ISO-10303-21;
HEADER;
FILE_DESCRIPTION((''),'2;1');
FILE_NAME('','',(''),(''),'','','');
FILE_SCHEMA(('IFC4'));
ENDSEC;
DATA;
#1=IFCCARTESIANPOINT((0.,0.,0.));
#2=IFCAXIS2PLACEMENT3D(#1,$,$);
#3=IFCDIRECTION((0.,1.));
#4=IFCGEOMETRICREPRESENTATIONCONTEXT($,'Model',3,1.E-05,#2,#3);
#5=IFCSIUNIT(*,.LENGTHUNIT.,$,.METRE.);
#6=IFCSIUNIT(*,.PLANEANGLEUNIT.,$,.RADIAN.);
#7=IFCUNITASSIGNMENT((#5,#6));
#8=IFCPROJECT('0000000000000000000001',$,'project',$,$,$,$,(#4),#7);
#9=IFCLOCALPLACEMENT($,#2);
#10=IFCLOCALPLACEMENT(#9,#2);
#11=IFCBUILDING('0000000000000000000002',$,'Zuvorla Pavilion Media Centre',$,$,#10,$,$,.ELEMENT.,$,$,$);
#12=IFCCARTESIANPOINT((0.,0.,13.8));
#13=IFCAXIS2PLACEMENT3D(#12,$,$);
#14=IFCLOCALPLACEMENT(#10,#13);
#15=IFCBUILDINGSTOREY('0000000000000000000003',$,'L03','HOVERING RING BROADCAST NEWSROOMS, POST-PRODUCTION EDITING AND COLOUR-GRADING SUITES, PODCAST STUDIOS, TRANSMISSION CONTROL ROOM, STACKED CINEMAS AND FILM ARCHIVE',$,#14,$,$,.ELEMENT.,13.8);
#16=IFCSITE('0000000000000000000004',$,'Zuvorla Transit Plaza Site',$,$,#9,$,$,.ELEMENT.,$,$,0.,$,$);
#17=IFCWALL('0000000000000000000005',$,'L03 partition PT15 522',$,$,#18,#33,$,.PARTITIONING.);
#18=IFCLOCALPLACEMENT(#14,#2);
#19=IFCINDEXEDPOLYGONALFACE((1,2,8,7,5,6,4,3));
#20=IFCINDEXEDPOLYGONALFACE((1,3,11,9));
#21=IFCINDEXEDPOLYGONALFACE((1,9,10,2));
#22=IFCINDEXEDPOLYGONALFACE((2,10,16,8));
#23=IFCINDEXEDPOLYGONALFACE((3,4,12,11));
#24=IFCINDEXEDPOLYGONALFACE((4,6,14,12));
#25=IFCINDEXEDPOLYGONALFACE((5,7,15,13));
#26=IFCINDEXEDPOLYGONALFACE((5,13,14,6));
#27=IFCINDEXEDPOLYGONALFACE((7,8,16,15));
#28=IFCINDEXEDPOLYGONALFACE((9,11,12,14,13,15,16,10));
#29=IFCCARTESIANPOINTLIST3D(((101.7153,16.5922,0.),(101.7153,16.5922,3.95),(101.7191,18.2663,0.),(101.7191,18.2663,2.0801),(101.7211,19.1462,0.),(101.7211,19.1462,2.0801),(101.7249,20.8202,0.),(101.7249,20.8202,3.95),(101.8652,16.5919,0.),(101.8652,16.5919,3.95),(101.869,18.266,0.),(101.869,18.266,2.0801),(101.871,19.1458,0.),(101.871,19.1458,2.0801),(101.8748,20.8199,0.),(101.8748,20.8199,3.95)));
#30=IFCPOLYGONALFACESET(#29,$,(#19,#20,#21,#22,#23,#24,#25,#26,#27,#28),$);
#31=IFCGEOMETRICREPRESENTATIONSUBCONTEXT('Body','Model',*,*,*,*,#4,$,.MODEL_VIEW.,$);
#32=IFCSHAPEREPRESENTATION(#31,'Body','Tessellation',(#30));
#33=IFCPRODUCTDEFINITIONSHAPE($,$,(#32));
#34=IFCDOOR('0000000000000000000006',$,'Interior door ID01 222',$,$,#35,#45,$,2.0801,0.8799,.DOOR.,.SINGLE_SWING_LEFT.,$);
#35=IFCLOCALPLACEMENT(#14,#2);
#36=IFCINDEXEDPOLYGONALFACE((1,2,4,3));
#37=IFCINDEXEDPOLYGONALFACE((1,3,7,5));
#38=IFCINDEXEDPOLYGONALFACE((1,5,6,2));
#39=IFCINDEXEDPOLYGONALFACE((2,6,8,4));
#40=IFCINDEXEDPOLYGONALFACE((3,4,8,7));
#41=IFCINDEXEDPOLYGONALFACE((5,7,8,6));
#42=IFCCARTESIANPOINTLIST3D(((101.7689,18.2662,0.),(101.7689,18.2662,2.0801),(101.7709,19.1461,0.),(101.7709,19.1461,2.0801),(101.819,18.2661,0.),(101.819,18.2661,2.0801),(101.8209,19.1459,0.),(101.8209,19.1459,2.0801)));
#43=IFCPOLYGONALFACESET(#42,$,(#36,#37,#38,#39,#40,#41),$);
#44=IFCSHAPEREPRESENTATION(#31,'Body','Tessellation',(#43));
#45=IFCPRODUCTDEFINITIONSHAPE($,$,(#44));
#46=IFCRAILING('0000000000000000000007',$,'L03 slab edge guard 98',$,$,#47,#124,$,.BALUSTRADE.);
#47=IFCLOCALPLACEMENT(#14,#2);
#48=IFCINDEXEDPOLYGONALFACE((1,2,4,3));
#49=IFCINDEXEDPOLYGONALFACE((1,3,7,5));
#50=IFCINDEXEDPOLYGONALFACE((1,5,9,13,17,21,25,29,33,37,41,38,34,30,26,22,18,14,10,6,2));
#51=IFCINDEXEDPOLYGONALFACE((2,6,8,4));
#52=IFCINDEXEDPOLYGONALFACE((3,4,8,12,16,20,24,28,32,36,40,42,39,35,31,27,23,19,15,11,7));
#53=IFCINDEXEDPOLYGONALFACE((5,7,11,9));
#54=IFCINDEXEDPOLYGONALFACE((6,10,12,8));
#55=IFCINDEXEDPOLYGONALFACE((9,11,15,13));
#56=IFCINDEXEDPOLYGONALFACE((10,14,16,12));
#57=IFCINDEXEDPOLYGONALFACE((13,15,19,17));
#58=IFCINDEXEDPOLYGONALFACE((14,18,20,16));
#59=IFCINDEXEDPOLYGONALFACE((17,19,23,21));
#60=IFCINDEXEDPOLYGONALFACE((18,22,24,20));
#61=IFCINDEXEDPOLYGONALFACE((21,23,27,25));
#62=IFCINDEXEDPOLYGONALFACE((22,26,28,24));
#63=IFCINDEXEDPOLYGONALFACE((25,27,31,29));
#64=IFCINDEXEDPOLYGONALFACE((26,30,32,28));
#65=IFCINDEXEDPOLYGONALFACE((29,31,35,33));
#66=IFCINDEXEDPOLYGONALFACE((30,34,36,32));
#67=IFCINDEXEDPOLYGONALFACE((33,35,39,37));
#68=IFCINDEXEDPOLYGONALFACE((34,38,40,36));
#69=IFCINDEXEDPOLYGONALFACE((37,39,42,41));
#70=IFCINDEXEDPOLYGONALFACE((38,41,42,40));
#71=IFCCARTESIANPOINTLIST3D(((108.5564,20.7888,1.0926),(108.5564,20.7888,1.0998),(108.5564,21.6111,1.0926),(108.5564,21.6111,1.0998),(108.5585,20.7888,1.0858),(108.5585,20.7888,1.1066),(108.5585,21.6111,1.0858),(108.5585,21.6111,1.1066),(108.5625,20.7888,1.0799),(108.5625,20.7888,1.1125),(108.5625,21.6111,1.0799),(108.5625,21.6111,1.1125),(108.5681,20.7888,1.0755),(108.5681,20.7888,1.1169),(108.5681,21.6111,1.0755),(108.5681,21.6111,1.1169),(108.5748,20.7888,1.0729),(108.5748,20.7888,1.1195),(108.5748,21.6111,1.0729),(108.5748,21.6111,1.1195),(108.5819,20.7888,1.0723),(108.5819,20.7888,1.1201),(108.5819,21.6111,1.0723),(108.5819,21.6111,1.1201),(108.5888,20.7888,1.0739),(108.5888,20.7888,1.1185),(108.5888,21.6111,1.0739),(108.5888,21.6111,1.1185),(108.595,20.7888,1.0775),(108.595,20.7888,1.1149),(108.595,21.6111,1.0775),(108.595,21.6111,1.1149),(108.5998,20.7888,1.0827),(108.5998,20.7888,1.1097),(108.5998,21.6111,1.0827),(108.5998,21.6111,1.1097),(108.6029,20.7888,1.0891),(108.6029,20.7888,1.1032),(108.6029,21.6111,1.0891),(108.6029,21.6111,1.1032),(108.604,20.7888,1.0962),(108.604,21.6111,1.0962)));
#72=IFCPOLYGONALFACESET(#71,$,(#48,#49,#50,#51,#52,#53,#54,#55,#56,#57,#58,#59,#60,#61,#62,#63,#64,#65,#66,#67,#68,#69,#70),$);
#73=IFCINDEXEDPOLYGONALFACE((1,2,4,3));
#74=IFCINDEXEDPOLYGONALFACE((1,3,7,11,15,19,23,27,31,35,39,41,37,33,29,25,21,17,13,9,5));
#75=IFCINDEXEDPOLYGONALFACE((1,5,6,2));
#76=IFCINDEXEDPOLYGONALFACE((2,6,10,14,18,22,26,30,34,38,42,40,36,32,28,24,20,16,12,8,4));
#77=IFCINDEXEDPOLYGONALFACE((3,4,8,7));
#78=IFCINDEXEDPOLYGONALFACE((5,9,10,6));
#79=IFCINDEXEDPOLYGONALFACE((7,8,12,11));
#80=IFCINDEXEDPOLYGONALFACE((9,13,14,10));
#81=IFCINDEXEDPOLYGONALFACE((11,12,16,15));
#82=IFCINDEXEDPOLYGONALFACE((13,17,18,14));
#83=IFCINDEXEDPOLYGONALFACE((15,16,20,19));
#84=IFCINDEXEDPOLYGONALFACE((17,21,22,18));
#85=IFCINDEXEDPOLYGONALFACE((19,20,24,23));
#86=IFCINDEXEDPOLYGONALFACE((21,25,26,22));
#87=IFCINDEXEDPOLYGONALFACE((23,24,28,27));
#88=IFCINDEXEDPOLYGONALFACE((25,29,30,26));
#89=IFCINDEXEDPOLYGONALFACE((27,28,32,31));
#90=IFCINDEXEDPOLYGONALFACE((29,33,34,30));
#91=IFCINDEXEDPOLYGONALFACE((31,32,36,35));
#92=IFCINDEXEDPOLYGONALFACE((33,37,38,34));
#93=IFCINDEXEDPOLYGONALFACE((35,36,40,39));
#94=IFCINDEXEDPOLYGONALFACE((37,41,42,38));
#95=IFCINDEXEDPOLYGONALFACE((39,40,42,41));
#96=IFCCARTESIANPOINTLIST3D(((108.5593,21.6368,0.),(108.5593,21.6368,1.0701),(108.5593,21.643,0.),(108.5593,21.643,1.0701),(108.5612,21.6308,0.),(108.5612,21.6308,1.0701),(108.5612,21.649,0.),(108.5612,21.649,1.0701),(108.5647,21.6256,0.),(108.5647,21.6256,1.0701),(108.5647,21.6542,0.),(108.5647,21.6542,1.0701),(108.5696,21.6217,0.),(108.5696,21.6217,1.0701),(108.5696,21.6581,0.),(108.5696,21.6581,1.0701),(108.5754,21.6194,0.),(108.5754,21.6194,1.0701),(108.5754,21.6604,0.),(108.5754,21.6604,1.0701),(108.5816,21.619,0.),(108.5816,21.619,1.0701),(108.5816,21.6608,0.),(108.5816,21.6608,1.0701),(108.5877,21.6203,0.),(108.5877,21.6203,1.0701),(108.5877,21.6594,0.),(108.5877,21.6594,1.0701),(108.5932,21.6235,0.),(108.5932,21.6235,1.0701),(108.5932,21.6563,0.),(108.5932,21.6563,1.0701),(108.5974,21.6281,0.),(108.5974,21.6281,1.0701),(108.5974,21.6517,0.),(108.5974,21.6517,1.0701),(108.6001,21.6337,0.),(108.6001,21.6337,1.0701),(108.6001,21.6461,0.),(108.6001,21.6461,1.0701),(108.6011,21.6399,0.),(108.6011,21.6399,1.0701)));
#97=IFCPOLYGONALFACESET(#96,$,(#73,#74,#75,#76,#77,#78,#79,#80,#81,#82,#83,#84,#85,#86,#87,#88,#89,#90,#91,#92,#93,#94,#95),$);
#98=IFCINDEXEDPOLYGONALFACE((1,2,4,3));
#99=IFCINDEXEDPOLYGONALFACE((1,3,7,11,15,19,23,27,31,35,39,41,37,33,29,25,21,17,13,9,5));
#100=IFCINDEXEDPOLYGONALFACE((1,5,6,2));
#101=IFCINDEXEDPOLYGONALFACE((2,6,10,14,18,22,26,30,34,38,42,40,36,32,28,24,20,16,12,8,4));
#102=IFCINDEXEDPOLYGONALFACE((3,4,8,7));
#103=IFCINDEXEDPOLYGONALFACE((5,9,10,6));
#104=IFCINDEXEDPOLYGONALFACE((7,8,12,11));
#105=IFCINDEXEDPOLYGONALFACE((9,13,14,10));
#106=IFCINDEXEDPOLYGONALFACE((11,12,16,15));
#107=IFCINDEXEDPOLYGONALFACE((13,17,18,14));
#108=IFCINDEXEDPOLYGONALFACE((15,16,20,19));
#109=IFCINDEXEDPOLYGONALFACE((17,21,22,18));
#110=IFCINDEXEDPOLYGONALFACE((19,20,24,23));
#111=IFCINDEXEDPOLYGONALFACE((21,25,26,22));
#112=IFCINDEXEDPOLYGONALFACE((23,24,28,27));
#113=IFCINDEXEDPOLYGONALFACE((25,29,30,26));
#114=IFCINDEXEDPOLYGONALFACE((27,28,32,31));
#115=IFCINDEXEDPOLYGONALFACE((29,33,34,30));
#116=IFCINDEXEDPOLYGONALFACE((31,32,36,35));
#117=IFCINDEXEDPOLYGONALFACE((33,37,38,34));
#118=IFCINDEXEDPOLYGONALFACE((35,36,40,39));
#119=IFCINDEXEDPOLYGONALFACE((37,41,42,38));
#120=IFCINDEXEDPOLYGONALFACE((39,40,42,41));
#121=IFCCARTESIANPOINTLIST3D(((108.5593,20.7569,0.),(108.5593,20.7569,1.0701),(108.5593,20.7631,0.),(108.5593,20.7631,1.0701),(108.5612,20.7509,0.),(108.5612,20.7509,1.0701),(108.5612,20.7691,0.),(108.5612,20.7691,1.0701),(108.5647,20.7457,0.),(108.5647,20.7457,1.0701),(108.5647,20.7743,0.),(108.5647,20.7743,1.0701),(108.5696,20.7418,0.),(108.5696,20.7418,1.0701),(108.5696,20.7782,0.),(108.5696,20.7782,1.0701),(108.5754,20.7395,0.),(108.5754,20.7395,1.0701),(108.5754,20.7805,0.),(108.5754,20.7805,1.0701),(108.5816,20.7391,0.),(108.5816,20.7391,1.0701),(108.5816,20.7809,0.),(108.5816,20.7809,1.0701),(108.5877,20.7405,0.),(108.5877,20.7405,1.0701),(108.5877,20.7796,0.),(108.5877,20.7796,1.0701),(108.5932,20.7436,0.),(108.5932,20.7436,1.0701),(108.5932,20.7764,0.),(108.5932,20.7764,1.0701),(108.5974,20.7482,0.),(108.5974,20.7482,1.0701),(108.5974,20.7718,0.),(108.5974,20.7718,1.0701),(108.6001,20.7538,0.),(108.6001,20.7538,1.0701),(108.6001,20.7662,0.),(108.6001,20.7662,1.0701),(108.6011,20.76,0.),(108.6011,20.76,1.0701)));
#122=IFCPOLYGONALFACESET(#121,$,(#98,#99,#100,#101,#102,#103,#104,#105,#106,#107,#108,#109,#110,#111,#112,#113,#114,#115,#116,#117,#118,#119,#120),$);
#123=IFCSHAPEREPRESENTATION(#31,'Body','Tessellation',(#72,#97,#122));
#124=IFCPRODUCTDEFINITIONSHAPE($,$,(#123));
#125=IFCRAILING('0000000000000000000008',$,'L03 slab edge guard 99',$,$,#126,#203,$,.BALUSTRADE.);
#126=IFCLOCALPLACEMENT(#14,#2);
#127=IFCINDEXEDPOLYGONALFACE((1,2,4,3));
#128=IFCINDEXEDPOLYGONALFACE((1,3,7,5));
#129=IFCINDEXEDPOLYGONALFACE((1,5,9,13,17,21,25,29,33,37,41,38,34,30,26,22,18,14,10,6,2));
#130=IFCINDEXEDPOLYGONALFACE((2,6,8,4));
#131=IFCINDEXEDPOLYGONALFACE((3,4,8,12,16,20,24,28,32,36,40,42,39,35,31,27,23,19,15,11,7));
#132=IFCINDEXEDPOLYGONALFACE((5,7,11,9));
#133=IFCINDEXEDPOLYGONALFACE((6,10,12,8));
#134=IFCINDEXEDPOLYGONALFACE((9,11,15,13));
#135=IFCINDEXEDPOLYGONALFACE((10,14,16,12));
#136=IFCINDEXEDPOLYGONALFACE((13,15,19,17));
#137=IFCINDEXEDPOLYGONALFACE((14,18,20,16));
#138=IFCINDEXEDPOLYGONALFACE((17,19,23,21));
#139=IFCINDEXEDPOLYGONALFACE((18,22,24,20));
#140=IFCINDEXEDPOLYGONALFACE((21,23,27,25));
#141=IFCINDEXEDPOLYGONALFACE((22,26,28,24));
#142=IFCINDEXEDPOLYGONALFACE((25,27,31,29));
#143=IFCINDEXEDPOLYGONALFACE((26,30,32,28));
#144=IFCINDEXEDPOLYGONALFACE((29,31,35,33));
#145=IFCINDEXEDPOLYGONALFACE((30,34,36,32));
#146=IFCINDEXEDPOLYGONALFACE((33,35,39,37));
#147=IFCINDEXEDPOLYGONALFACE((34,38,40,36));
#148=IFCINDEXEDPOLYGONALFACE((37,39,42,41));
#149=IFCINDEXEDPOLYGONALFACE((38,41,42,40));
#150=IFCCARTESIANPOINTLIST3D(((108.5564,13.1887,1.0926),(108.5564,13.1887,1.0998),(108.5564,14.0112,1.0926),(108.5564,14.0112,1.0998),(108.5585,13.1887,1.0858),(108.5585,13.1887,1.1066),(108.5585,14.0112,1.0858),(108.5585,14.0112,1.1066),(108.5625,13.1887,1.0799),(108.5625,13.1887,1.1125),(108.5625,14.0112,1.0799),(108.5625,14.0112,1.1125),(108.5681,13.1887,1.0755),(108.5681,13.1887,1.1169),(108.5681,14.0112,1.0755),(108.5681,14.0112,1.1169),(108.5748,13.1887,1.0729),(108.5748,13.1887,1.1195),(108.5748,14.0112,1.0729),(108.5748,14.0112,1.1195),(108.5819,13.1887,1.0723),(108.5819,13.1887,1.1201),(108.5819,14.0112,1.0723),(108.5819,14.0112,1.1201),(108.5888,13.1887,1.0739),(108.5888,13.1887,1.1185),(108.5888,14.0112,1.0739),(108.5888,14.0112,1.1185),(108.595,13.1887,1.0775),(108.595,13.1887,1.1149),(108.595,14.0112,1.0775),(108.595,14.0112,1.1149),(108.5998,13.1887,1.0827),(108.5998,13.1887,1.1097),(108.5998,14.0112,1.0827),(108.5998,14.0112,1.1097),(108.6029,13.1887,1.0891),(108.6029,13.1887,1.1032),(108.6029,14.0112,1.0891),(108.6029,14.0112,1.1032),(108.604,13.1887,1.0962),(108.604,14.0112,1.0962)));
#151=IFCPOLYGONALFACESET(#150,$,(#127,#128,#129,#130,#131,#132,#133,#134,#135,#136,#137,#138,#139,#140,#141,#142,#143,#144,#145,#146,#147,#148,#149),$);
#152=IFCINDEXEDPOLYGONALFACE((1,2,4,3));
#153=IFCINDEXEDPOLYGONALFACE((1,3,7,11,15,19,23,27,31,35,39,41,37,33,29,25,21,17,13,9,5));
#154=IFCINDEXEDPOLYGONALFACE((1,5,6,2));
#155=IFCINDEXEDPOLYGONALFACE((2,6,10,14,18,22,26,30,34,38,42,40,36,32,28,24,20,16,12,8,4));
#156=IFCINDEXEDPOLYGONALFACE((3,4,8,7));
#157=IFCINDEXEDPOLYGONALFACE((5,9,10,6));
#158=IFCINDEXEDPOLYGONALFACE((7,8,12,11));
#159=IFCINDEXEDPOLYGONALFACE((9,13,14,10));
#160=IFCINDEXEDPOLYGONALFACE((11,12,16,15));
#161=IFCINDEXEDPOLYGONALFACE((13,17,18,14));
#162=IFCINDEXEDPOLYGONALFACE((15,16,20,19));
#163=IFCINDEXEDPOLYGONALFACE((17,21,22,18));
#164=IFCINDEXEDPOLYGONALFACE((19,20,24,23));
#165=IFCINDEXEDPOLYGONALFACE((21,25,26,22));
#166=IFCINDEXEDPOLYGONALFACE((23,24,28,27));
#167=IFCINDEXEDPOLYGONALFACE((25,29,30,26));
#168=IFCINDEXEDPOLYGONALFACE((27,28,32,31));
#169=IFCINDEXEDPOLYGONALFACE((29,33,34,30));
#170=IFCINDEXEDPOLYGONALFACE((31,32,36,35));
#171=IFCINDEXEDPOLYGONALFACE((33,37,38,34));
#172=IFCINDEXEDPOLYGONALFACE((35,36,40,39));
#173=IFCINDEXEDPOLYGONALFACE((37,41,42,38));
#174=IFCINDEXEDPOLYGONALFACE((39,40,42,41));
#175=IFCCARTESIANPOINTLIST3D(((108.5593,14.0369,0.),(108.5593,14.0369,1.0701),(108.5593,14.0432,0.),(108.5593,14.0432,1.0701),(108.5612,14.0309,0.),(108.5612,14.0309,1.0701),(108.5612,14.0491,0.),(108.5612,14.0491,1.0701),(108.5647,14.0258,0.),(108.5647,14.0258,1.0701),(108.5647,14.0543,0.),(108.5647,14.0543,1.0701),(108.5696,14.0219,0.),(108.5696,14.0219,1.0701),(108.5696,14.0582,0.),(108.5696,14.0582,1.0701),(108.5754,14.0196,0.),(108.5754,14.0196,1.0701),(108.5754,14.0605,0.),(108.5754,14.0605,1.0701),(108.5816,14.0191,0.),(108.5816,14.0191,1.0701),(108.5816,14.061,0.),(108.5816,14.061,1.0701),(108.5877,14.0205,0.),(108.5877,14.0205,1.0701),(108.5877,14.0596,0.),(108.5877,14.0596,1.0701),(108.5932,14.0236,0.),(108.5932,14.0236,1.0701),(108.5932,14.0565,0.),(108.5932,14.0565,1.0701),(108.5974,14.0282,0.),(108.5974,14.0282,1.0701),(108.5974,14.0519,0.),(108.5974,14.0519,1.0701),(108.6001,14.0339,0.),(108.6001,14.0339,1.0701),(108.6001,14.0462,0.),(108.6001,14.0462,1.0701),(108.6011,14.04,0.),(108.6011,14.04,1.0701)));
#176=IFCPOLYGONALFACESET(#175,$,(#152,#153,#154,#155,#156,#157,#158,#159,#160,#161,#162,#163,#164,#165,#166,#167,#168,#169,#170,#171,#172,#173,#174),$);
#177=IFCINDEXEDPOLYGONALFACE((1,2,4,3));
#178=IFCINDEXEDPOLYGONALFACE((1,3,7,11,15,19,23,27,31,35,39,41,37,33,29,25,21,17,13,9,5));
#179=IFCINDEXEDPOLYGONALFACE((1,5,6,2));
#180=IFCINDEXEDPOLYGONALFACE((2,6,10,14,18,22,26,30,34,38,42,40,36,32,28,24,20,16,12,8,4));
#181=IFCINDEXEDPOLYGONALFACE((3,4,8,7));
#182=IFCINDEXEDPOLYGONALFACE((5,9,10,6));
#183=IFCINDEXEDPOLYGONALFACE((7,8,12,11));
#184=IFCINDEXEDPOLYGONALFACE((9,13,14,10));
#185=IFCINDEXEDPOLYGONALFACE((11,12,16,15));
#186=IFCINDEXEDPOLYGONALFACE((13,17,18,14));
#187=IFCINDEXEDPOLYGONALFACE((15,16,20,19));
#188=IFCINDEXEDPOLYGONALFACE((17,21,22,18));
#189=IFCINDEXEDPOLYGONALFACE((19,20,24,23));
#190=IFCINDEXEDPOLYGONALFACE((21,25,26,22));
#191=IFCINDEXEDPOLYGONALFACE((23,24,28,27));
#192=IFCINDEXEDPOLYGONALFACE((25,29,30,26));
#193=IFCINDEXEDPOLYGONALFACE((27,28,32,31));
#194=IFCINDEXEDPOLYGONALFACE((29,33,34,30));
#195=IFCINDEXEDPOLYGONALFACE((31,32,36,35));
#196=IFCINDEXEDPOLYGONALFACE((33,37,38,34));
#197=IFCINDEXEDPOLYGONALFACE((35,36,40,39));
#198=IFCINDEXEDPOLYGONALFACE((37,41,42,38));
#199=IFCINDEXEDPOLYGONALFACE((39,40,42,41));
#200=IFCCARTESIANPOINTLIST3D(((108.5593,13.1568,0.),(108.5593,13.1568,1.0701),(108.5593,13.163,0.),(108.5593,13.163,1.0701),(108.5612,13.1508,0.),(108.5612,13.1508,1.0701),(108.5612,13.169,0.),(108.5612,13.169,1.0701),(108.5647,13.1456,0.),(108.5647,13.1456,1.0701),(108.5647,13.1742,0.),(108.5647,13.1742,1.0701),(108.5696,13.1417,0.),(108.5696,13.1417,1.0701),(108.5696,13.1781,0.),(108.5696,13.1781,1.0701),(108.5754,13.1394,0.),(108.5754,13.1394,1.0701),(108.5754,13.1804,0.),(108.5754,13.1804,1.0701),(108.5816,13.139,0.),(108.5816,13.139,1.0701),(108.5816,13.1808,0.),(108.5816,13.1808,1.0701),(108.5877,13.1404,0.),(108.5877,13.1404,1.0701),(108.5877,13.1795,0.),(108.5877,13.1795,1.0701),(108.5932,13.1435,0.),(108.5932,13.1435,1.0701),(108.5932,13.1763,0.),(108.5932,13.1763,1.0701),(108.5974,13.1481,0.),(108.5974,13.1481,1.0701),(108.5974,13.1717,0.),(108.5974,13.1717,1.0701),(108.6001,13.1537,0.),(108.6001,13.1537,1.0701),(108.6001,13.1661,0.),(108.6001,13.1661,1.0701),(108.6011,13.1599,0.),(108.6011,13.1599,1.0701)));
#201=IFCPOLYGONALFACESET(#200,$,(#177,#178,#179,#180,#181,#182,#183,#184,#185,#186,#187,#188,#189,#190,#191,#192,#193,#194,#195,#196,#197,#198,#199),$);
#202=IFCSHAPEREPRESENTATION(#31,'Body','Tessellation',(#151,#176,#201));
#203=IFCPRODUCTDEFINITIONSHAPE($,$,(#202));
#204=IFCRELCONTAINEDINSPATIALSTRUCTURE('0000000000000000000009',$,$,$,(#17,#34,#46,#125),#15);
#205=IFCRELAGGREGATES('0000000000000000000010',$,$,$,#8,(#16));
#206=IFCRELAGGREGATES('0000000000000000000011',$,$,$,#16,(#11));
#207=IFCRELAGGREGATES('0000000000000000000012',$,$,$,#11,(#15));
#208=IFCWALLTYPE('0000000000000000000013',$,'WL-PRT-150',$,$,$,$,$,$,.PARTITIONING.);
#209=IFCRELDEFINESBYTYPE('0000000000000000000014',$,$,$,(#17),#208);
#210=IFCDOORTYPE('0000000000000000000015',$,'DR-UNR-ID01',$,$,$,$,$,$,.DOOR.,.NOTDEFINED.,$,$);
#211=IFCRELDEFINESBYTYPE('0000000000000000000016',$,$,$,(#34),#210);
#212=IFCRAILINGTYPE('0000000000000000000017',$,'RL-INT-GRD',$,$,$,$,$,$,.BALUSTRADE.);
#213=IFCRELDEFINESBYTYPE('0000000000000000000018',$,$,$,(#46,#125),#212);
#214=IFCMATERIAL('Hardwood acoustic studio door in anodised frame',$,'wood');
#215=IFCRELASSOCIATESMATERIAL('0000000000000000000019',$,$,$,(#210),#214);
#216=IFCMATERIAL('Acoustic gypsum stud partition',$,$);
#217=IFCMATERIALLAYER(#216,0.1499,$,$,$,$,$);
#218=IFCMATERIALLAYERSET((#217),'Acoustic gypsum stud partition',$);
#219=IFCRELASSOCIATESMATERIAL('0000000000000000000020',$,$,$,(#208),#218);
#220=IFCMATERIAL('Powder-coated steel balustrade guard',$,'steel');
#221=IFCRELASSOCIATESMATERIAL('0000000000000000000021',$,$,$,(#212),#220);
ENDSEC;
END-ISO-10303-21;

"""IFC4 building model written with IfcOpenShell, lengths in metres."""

from ifc_helpers import new_model, si_unit, direction, frame, frame_2d, origin, origin_2d, place, context, subcontext, project, spatial, rectangle, circle, extrude, material, layer, layer_set, type_object, element, fill, save


model = new_model("IFC4")

# Units and contexts
model_context = context("Model", 3, precision=1e-05, world=origin(), true_north=direction((0.0, 1.0)))
body_context = subcontext(model_context, "Body", "Model", "MODEL_VIEW")
ifc_project = project(units=[si_unit("LENGTHUNIT", "METRE"), si_unit("PLANEANGLEUNIT", "RADIAN")], contexts=[model_context])

# Site, building, storey
site_placement = place(None, origin())
site = spatial("IfcSite", under=ifc_project, at=site_placement, Name="Zuvorla Transit Plaza Site", CompositionType="ELEMENT", RefElevation=0.0)
building_placement = place(site_placement, origin())
building = spatial("IfcBuilding", under=site, at=building_placement, Name="Zuvorla Pavilion Media Centre", CompositionType="ELEMENT")
storey_placement = place(building_placement, frame((0.0, 0.0, 13.8)))
storey = spatial("IfcBuildingStorey", under=building, at=storey_placement, Name="L03", Description="HOVERING RING BROADCAST NEWSROOMS, POST-PRODUCTION EDITING AND COLOUR-GRADING SUITES, PODCAST STUDIOS, TRANSMISSION CONTROL ROOM, STACKED CINEMAS AND FILM ARCHIVE", CompositionType="ELEMENT", Elevation=13.8)

# Shared definitions
ifc_material_1 = material(Name="Hardwood acoustic studio door in anodised frame", Category="wood")
door_type_1 = type_object("IfcDoorType", Name="DR-UNR-ID01", OperationType="NOTDEFINED", PredefinedType="DOOR", material=ifc_material_1)

# Wall, opening, door
ifc_material_2 = material(Name="Acoustic gypsum stud partition")
ifc_layer_1 = layer(ifc_material_2, 0.1499)
ifc_layer_set_1 = layer_set([ifc_layer_1], Name="Acoustic gypsum stud partition")
wall_type_1 = type_object("IfcWallType", Name="WL-PRT-150", PredefinedType="PARTITIONING", material=ifc_layer_set_1)
wall_1_placement = place(storey_placement, frame((101.7998, 20.8201, 0.0), z_axis=(0.0, 0.0, 1.0), x_axis=(-0.002252, -0.999997, 0.0)))
wall_1 = element("IfcWall", 1, at=wall_1_placement, inside=storey, type_object=wall_type_1, Name="L03 partition PT15 522", PredefinedType="PARTITIONING", context=body_context, shape_type="SweptSolid", body=[
    extrude(rectangle(XDim=4.228, YDim=0.1499, at=frame_2d((2.114, 0.0))), origin(), (0.0, 0.0, 1.0), 3.95),
])
opening_1_placement = place(wall_1_placement, frame((1.6741, 0.0, 0.0)))
opening_1 = element("IfcOpeningElement", 2, at=opening_1_placement, cuts=wall_1, PredefinedType="OPENING", context=body_context, shape_type="SweptSolid", body=[
    extrude(rectangle(XDim=0.8799, YDim=2.0801, at=frame_2d((0.4399, 1.04))), frame((0.0, 0.085, 0.0), z_axis=(0.0, -1.0, 0.0), x_axis=(1.0, 0.0, 0.0)), (0.0, 0.0, 1.0), 0.1699),
])
door_1_placement = place(opening_1_placement, origin())
door_1 = element("IfcDoor", 3, at=door_1_placement, inside=storey, type_object=door_type_1, Name="Interior door ID01 222", OperationType="SINGLE_SWING_LEFT", OverallHeight=2.0801, OverallWidth=0.8799, PredefinedType="DOOR", context=body_context, shape_type="SweptSolid", body=[
    extrude(rectangle(XDim=0.8799, YDim=2.0801, at=frame_2d((0.4399, 1.04))), frame((0.0, 0.0249, 0.0), z_axis=(0.0, -1.0, 0.0), x_axis=(1.0, 0.0, 0.0)), (0.0, 0.0, 1.0), 0.05),
])
fill(opening_1, door_1)

# Railings
ifc_material_3 = material(Name="Powder-coated steel balustrade guard", Category="steel")
railing_type = type_object("IfcRailingType", Name="RL-INT-GRD", PredefinedType="BALUSTRADE", material=ifc_material_3)
railing_1_placement = place(storey_placement, frame((108.5801, 21.6399, 0.0)))
element("IfcRailing", 4, at=railing_1_placement, inside=storey, type_object=railing_type, Name="L03 slab edge guard 98", PredefinedType="BALUSTRADE", context=body_context, shape_type="SweptSolid", body=[
    extrude(circle(Radius=0.0239, at=origin_2d()), frame((0.0, -0.0288, 1.0962), z_axis=(0.0, -1.0, 0.0), x_axis=(1.0, 0.0, 0.0)), (0.0, 0.0, 1.0), 0.8223),
    extrude(circle(Radius=0.021, at=origin_2d()), origin(), (0.0, 0.0, 1.0), 1.0701),
    extrude(circle(Radius=0.021, at=origin_2d()), frame((0.0, -0.8799, 0.0)), (0.0, 0.0, 1.0), 1.0701),
])
railing_2_placement = place(storey_placement, frame((108.5801, 14.04, 0.0)))
element("IfcRailing", 5, at=railing_2_placement, inside=storey, type_object=railing_type, Name="L03 slab edge guard 99", PredefinedType="BALUSTRADE", context=body_context, shape_type="SweptSolid", body=[
    extrude(circle(Radius=0.0239, at=origin_2d()), frame((0.0, -0.0288, 1.0962), z_axis=(0.0, -1.0, 0.0), x_axis=(1.0, 0.0, 0.0)), (0.0, 0.0, 1.0), 0.8225),
    extrude(circle(Radius=0.021, at=origin_2d()), origin(), (0.0, 0.0, 1.0), 1.0701),
    extrude(circle(Radius=0.021, at=origin_2d()), frame((0.0, -0.8801, 0.0)), (0.0, 0.0, 1.0), 1.0701),
])

save(model, "model.ifc")
